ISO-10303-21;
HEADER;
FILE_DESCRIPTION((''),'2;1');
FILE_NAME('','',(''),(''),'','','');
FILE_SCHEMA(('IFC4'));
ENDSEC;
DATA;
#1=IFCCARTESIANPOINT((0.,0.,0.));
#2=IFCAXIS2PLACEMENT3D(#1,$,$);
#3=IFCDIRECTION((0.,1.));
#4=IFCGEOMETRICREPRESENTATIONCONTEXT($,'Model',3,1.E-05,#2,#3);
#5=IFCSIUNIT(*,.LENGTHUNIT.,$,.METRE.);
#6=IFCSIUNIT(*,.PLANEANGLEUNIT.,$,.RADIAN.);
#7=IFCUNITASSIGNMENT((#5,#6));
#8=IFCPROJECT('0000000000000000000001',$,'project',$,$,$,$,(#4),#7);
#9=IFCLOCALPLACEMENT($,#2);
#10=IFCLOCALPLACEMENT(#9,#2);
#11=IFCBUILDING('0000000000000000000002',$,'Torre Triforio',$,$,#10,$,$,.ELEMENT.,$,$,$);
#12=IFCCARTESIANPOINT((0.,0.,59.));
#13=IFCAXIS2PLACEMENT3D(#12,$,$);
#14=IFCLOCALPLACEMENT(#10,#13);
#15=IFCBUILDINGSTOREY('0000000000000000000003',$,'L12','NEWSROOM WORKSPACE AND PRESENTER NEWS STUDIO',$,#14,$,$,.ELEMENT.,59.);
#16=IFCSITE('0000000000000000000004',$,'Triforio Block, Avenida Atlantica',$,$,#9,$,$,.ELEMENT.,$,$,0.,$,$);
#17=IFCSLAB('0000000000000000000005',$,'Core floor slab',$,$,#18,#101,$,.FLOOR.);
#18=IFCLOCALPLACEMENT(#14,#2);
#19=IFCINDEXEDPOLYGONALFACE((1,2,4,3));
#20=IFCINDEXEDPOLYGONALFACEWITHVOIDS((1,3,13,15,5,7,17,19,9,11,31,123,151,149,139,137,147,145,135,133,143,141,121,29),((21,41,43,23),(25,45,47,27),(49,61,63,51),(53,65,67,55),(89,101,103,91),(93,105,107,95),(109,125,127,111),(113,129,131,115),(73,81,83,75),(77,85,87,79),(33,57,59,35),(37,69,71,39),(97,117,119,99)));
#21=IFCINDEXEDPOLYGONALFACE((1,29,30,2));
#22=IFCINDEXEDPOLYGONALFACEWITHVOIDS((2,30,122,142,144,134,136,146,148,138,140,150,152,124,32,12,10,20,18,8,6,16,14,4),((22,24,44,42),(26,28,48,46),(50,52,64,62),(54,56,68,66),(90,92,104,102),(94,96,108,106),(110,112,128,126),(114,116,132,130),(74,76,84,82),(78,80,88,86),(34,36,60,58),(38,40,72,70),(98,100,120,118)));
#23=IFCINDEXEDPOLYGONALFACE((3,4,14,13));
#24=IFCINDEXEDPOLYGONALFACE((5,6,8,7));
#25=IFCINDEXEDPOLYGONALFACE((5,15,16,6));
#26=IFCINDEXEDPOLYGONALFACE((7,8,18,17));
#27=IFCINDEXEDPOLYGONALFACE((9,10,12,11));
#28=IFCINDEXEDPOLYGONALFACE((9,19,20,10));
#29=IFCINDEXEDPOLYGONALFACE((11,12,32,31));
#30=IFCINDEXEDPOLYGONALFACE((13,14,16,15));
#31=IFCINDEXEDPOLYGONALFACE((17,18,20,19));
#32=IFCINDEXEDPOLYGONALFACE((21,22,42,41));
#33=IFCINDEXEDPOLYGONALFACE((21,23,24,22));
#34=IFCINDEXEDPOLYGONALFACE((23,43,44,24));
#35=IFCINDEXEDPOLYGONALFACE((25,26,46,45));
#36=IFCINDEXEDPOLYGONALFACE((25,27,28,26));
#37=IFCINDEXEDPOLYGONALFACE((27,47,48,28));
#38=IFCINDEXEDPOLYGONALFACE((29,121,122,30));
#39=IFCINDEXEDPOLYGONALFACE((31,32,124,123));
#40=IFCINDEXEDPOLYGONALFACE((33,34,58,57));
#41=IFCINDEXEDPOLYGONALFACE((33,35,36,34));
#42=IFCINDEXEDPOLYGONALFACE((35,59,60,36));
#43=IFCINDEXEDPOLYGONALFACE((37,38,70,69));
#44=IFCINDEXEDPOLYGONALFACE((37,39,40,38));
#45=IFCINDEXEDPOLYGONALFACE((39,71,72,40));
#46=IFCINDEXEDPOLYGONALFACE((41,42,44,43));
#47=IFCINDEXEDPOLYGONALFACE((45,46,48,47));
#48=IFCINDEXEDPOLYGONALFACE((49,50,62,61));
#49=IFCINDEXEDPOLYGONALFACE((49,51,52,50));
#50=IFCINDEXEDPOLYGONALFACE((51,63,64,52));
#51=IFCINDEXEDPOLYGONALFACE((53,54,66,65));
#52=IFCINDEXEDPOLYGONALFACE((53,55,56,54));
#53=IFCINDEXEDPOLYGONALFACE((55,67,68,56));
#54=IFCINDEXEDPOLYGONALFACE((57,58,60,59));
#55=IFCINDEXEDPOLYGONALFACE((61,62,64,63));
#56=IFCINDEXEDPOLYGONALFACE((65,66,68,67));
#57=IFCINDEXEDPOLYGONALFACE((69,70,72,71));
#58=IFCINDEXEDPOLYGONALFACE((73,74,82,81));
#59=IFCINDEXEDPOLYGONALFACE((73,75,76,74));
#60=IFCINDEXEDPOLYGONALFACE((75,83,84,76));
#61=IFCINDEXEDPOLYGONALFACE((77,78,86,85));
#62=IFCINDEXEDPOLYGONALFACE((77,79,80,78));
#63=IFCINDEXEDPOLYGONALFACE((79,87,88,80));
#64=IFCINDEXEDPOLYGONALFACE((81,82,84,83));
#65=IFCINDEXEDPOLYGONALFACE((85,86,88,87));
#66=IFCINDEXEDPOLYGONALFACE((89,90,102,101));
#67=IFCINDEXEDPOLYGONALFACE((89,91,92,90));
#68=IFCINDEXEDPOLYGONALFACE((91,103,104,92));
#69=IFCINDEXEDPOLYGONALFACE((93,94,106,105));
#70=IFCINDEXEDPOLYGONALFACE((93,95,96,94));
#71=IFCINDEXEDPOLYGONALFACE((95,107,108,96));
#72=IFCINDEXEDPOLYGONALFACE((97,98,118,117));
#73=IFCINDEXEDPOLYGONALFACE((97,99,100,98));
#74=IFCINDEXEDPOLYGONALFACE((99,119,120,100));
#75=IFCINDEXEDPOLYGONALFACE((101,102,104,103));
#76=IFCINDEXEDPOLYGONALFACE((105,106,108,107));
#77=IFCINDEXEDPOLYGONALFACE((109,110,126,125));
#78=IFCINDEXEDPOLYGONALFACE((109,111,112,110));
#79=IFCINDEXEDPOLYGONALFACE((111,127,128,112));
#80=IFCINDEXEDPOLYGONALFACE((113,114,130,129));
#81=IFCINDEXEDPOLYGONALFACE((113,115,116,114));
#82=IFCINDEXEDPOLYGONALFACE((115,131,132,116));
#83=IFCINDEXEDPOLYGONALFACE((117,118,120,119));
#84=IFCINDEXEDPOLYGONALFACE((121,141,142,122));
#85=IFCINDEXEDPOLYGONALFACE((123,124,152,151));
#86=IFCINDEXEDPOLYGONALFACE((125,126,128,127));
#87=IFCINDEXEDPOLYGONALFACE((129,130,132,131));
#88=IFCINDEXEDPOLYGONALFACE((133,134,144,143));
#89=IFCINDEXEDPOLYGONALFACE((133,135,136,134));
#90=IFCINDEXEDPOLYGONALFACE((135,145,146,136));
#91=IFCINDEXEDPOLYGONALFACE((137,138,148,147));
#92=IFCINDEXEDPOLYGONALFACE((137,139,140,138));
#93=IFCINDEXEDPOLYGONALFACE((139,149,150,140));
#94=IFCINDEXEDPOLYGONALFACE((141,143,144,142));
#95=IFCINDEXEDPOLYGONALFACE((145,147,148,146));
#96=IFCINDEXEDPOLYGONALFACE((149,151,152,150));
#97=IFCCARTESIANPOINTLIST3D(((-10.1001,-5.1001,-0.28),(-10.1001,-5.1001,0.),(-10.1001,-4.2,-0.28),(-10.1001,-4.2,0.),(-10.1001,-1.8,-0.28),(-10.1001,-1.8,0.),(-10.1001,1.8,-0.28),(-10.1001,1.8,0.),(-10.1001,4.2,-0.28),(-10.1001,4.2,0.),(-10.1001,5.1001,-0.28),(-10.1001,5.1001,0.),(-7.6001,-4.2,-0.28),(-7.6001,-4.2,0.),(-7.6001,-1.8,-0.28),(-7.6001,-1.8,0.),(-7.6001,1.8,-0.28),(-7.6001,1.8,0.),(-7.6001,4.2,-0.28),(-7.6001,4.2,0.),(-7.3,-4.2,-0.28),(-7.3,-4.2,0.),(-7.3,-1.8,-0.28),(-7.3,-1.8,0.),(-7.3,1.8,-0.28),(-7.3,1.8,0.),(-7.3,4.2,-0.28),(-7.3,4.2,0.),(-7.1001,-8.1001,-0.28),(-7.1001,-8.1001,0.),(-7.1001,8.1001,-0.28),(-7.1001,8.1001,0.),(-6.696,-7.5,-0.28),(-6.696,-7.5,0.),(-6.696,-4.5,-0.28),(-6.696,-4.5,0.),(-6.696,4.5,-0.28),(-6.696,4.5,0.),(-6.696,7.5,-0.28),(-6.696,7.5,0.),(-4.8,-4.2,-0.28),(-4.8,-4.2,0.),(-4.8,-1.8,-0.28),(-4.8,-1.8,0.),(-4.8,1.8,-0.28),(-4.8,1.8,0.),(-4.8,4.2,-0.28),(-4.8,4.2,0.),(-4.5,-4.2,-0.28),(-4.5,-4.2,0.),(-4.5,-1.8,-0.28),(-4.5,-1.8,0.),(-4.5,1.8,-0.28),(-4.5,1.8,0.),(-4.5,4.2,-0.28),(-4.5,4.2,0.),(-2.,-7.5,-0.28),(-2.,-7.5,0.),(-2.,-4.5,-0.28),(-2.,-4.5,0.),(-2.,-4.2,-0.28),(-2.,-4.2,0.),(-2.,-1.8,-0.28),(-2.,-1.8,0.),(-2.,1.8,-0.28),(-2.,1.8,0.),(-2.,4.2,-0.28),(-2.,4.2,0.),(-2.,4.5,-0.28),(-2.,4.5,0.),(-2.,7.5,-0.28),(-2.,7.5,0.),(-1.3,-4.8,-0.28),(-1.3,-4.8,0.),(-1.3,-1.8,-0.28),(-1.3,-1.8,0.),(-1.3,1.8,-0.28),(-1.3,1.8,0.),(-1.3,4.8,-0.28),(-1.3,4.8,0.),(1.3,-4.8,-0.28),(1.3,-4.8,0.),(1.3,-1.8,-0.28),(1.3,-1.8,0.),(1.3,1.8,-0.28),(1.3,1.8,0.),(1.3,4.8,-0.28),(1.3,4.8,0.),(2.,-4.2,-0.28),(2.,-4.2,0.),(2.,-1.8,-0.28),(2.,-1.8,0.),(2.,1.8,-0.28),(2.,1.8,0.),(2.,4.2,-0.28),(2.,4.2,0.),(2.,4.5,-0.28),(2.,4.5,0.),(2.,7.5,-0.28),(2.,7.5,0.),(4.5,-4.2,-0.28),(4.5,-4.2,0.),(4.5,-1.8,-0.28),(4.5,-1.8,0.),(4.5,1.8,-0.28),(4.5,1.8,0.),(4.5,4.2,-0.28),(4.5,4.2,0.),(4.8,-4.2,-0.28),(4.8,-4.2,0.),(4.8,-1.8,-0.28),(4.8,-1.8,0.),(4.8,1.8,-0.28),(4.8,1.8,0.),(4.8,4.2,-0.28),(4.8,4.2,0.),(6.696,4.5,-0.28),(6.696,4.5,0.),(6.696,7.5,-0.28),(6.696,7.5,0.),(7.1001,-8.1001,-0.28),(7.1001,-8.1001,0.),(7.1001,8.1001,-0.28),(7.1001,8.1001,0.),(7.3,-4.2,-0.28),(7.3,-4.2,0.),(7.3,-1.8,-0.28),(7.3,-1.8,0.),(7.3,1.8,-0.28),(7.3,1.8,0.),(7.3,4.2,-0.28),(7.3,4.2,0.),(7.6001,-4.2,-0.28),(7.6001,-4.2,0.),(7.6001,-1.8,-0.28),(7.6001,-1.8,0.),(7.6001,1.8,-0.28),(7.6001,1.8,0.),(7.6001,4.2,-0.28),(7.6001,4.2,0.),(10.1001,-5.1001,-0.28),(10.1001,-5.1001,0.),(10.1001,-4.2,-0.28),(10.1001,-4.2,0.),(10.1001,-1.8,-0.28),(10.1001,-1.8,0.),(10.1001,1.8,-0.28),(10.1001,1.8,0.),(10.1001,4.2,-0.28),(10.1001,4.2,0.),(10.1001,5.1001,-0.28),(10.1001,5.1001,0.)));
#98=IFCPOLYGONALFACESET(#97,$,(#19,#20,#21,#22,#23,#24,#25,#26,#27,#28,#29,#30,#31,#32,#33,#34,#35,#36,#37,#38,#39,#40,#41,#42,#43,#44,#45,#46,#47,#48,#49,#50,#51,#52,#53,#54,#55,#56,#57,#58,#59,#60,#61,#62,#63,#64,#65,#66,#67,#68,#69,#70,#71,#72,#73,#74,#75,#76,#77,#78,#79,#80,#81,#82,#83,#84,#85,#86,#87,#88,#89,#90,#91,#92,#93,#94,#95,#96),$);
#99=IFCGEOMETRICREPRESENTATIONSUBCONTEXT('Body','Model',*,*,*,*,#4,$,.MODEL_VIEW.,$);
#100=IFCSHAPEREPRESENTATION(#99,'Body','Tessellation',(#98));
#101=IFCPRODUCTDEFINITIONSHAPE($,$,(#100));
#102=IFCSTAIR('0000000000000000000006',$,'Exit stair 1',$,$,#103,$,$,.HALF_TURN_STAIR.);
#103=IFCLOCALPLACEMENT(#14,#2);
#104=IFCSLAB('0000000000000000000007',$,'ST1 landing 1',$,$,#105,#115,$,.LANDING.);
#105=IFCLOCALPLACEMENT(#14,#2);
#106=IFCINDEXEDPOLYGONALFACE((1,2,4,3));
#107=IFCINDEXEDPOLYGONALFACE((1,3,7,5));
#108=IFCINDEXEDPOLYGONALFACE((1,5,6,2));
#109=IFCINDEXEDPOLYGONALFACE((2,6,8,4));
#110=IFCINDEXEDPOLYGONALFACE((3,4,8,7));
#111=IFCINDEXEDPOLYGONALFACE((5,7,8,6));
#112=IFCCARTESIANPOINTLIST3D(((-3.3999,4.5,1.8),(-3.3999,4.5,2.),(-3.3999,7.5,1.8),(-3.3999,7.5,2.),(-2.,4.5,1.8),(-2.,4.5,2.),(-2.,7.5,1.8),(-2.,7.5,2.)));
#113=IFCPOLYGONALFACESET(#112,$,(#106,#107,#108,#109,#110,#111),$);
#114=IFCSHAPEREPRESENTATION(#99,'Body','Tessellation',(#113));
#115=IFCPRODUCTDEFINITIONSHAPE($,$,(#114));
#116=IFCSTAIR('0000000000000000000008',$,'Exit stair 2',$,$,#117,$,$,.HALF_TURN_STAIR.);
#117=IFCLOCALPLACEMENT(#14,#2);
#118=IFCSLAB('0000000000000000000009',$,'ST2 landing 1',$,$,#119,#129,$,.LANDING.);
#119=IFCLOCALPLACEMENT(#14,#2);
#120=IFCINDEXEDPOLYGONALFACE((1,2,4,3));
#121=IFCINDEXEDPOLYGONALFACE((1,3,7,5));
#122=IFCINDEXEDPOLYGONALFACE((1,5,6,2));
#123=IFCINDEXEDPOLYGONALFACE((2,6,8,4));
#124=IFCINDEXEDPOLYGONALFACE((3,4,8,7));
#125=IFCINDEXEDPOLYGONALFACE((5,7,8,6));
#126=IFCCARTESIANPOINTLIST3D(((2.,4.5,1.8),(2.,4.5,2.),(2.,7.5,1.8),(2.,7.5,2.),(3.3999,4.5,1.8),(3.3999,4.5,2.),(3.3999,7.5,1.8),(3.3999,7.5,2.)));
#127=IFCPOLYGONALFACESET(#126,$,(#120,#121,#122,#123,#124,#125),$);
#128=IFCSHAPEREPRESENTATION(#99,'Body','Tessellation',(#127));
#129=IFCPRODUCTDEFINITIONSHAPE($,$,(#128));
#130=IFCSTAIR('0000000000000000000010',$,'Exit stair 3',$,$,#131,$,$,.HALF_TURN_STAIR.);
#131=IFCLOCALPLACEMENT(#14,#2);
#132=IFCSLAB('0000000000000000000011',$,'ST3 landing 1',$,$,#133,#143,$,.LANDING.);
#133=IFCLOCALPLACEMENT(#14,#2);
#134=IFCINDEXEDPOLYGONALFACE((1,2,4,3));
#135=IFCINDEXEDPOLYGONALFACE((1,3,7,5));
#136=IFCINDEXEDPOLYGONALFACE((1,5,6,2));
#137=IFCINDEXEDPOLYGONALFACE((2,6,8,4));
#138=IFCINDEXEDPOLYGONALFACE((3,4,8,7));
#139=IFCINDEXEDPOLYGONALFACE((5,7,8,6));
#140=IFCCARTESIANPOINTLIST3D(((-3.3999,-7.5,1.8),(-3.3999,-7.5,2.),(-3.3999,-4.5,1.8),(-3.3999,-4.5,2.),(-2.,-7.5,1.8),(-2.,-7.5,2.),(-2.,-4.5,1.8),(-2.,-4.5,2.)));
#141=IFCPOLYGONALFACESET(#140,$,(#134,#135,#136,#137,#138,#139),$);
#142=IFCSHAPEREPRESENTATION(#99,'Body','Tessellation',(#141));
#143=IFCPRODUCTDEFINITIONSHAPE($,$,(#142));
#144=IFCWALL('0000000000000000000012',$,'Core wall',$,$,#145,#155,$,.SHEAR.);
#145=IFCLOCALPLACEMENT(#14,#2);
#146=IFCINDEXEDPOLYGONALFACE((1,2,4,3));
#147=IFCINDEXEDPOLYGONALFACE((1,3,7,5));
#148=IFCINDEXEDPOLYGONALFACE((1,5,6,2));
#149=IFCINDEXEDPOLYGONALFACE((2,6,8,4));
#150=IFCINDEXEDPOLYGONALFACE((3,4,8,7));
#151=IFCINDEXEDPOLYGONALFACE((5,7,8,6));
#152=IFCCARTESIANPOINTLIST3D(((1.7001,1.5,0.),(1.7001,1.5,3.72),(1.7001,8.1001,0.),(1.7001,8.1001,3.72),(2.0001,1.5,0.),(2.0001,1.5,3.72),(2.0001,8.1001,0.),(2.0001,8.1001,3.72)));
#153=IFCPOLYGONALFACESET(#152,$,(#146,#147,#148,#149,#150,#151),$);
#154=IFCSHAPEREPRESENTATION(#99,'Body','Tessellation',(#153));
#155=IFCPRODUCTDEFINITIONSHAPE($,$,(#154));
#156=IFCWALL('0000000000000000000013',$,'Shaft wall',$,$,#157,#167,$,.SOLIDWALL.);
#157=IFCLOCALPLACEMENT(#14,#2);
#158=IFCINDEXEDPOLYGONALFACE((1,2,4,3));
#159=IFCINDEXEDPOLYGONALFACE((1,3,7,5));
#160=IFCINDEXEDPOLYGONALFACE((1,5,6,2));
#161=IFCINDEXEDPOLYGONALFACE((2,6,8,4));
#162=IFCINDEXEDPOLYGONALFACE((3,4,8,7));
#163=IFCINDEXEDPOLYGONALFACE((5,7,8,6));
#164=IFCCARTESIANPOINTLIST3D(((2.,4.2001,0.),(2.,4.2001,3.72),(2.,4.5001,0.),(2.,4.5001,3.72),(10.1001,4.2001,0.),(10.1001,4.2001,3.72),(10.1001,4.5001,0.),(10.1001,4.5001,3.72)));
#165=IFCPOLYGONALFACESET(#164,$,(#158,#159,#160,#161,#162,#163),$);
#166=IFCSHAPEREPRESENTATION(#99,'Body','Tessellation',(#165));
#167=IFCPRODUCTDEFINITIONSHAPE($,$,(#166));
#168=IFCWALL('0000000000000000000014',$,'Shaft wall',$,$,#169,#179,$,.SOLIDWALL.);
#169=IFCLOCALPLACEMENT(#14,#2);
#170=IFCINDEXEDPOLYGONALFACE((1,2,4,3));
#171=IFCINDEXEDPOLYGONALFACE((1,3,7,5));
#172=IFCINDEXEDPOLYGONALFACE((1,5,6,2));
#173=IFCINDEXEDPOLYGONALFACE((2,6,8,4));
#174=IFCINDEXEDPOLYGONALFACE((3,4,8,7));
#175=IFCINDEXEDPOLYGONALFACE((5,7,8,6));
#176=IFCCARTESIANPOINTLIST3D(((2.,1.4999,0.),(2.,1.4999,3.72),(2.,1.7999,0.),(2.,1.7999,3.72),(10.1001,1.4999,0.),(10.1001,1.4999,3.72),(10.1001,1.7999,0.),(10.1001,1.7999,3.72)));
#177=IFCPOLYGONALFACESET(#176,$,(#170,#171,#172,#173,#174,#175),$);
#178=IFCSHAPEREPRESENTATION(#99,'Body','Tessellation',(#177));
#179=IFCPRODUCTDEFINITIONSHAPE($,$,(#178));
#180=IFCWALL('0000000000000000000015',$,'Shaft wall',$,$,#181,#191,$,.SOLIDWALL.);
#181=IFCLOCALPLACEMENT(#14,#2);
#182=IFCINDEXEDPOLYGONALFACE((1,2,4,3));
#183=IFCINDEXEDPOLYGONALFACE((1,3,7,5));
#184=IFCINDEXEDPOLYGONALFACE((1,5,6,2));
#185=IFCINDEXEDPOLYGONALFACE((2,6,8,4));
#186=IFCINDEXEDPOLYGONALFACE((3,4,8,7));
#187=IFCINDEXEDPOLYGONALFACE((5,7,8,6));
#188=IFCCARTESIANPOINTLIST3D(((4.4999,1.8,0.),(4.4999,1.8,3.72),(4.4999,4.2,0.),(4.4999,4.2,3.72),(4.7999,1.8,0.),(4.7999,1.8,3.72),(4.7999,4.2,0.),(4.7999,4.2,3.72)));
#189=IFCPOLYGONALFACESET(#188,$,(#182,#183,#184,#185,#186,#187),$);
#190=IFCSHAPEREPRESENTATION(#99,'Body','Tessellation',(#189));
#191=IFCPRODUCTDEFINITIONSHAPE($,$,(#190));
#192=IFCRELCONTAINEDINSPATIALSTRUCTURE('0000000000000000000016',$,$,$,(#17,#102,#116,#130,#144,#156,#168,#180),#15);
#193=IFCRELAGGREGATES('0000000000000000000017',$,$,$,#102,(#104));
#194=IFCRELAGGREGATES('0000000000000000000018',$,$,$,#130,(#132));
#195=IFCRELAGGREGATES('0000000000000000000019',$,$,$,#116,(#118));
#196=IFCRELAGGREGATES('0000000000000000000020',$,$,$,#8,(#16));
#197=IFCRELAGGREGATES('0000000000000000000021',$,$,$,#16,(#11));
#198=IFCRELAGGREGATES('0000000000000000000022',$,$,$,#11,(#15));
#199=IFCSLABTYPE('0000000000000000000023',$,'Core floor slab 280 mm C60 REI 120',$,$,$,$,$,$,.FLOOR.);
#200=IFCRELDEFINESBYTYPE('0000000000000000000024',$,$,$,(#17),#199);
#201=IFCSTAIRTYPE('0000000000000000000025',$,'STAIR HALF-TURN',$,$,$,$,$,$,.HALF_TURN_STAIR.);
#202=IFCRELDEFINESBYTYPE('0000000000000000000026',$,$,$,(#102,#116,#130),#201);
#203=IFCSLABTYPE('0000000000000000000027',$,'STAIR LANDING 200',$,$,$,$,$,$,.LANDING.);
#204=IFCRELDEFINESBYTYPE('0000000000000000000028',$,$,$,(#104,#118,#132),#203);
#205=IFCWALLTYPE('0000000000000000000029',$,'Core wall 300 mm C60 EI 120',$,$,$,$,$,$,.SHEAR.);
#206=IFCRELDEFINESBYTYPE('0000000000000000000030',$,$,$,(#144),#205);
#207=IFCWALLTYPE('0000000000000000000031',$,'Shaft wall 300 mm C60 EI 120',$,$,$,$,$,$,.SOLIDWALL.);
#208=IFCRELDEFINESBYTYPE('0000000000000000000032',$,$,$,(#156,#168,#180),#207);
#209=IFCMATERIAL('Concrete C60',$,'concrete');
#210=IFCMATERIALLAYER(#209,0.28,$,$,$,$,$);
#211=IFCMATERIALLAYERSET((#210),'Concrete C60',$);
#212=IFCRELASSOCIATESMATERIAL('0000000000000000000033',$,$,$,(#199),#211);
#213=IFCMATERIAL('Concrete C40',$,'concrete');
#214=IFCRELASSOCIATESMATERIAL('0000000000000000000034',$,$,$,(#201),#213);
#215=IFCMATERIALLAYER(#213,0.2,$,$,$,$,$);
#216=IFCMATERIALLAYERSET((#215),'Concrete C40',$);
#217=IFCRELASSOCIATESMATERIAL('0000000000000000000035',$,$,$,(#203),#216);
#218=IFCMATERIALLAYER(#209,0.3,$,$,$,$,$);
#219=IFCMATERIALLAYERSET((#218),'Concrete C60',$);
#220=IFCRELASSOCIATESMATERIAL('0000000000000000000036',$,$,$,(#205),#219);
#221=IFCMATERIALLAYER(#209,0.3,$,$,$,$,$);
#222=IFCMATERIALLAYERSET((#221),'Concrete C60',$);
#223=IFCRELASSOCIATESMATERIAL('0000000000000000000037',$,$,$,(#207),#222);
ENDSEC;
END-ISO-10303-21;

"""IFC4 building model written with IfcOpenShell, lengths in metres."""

from ifc_helpers import new_model, si_unit, direction, frame, frame_2d, origin, place, context, subcontext, project, spatial, polyline, rectangle, outline, extrude, material, layer, layer_set, type_object, element, aggregate, save


model = new_model("IFC4")

# Units and contexts
model_context = context("Model", 3, precision=1e-05, world=origin(), true_north=direction((0.0, 1.0)))
body_context = subcontext(model_context, "Body", "Model", "MODEL_VIEW")
ifc_project = project(units=[si_unit("LENGTHUNIT", "METRE"), si_unit("PLANEANGLEUNIT", "RADIAN")], contexts=[model_context])

# Site, building, storey
site_placement = place(None, origin())
site = spatial("IfcSite", under=ifc_project, at=site_placement, Name="Triforio Block, Avenida Atlantica", CompositionType="ELEMENT", RefElevation=0.0)
building_placement = place(site_placement, origin())
building = spatial("IfcBuilding", under=site, at=building_placement, Name="Torre Triforio", CompositionType="ELEMENT")
storey_placement = place(building_placement, frame((0.0, 0.0, 59.0)))
storey = spatial("IfcBuildingStorey", under=building, at=storey_placement, Name="L12", Description="NEWSROOM WORKSPACE AND PRESENTER NEWS STUDIO", CompositionType="ELEMENT", Elevation=59.0)

# Slab
ifc_material_1 = material(Name="Concrete C60", Category="concrete")
ifc_layer_1 = layer(ifc_material_1, 0.28)
ifc_layer_set_1 = layer_set([ifc_layer_1], Name="Concrete C60")
slab_type_1 = type_object("IfcSlabType", Name="Core floor slab 280 mm C60 REI 120", PredefinedType="FLOOR", material=ifc_layer_set_1)
slab_1_placement = place(storey_placement, frame((0.0, 0.0, -0.28)))
element("IfcSlab", 1, at=slab_1_placement, inside=storey, type_object=slab_type_1, Name="Core floor slab", PredefinedType="FLOOR", context=body_context, shape_type="SweptSolid", body=[
    extrude(outline(polyline([(10.1001, -5.1001), (7.1001, -8.1001), (-7.1001, -8.1001), (-10.1001, -5.1001), (-10.1001, -4.2), (-7.6001, -4.2), (-7.6001, -1.8), (-10.1001, -1.8), (-10.1001, 1.8), (-7.6001, 1.8), (-7.6001, 4.2), (-10.1001, 4.2), (-10.1001, 5.1001), (-7.1001, 8.1001), (7.1001, 8.1001), (10.1001, 5.1001), (10.1001, 4.2), (7.6001, 4.2), (7.6001, 1.8), (10.1001, 1.8), (10.1001, -1.8), (7.6001, -1.8), (7.6001, -4.2), (10.1001, -4.2), (10.1001, -5.1001)]), holes=[polyline([(-2.0, -4.5), (-6.696, -4.5), (-6.696, -7.5), (-2.0, -7.5), (-2.0, -4.5)]), polyline([(-4.8, -1.8), (-7.3, -1.8), (-7.3, -4.2), (-4.8, -4.2), (-4.8, -1.8)]), polyline([(-2.0, -1.8), (-4.5, -1.8), (-4.5, -4.2), (-2.0, -4.2), (-2.0, -1.8)]), polyline([(-4.8, 4.2), (-7.3, 4.2), (-7.3, 1.8), (-4.8, 1.8), (-4.8, 4.2)]), polyline([(-2.0, 4.2), (-4.5, 4.2), (-4.5, 1.8), (-2.0, 1.8), (-2.0, 4.2)]), polyline([(1.3, 4.8), (-1.3, 4.8), (-1.3, 1.8), (1.3, 1.8), (1.3, 4.8)]), polyline([(-2.0, 7.5), (-6.696, 7.5), (-6.696, 4.5), (-2.0, 4.5), (-2.0, 7.5)]), polyline([(1.3, -1.8), (-1.3, -1.8), (-1.3, -4.8), (1.3, -4.8), (1.3, -1.8)]), polyline([(4.5, -1.8), (2.0, -1.8), (2.0, -4.2), (4.5, -4.2), (4.5, -1.8)]), polyline([(7.3, -1.8), (4.8, -1.8), (4.8, -4.2), (7.3, -4.2), (7.3, -1.8)]), polyline([(4.5, 4.2), (2.0, 4.2), (2.0, 1.8), (4.5, 1.8), (4.5, 4.2)]), polyline([(7.3, 4.2), (4.8, 4.2), (4.8, 1.8), (7.3, 1.8), (7.3, 4.2)]), polyline([(6.696, 4.5), (6.696, 7.5), (2.0, 7.5), (2.0, 4.5), (6.696, 4.5)])]), origin(), (0.0, 0.0, 1.0), 0.28),
])

# Stairs, slabs
ifc_material_2 = material(Name="Concrete C40", Category="concrete")
stair_type = type_object("IfcStairType", Name="STAIR HALF-TURN", PredefinedType="HALF_TURN_STAIR", material=ifc_material_2)
stair_1_placement = place(storey_placement, origin())
stair_1 = element("IfcStair", 2, at=stair_1_placement, inside=storey, type_object=stair_type, Name="Exit stair 1", PredefinedType="HALF_TURN_STAIR")
ifc_layer_2 = layer(ifc_material_2, 0.2)
ifc_layer_set_2 = layer_set([ifc_layer_2], Name="Concrete C40")
slab_type_2 = type_object("IfcSlabType", Name="STAIR LANDING 200", PredefinedType="LANDING", material=ifc_layer_set_2)
slab_2_placement = place(storey_placement, frame((0.0, 0.0, 1.8)))
slab_2 = element("IfcSlab", 3, at=slab_2_placement, type_object=slab_type_2, Name="ST1 landing 1", PredefinedType="LANDING", context=body_context, shape_type="SweptSolid", body=[
    extrude(outline(polyline([(-2.0, 4.5), (-2.0, 7.5), (-3.3999, 7.5), (-3.3999, 4.5), (-2.0, 4.5)])), origin(), (0.0, 0.0, 1.0), 0.2),
])
aggregate(stair_1, [slab_2])
stair_2_placement = place(storey_placement, origin())
stair_2 = element("IfcStair", 4, at=stair_2_placement, inside=storey, type_object=stair_type, Name="Exit stair 2", PredefinedType="HALF_TURN_STAIR")
slab_3_placement = place(storey_placement, frame((0.0, 0.0, 1.8)))
slab_3 = element("IfcSlab", 5, at=slab_3_placement, type_object=slab_type_2, Name="ST2 landing 1", PredefinedType="LANDING", context=body_context, shape_type="SweptSolid", body=[
    extrude(outline(polyline([(3.3999, 4.5), (3.3999, 7.5), (2.0, 7.5), (2.0, 4.5), (3.3999, 4.5)])), origin(), (0.0, 0.0, 1.0), 0.2),
])
stair_3_placement = place(storey_placement, origin())
stair_3 = element("IfcStair", 6, at=stair_3_placement, inside=storey, type_object=stair_type, Name="Exit stair 3", PredefinedType="HALF_TURN_STAIR")
slab_4_placement = place(storey_placement, frame((0.0, 0.0, 1.8)))
slab_4 = element("IfcSlab", 7, at=slab_4_placement, type_object=slab_type_2, Name="ST3 landing 1", PredefinedType="LANDING", context=body_context, shape_type="SweptSolid", body=[
    extrude(outline(polyline([(-2.0, -7.5), (-2.0, -4.5), (-3.3999, -4.5), (-3.3999, -7.5), (-2.0, -7.5)])), origin(), (0.0, 0.0, 1.0), 0.2),
])
aggregate(stair_3, [slab_4])

# Walls
ifc_layer_3 = layer(ifc_material_1, 0.3)
ifc_layer_set_3 = layer_set([ifc_layer_3], Name="Concrete C60")
wall_type_1 = type_object("IfcWallType", Name="Core wall 300 mm C60 EI 120", PredefinedType="SHEAR", material=ifc_layer_set_3)
wall_1_placement = place(storey_placement, frame((1.8501, 1.5, 0.0), z_axis=(0.0, 0.0, 1.0), x_axis=(0.0, 1.0, 0.0)))
element("IfcWall", 8, at=wall_1_placement, inside=storey, type_object=wall_type_1, Name="Core wall", PredefinedType="SHEAR", context=body_context, shape_type="SweptSolid", body=[
    extrude(rectangle(XDim=6.6001, YDim=0.3, at=frame_2d((3.3, 0.0))), origin(), (0.0, 0.0, 1.0), 3.72),
])
ifc_layer_4 = layer(ifc_material_1, 0.3)
ifc_layer_set_4 = layer_set([ifc_layer_4], Name="Concrete C60")
wall_type_2 = type_object("IfcWallType", Name="Shaft wall 300 mm C60 EI 120", PredefinedType="SOLIDWALL", material=ifc_layer_set_4)
for number, where, z_axis, x_axis, name in (
    (9, (2.0, 4.3501, 0.0), (0.0, 0.0, 1.0), (1.0, 0.0, 0.0), "Shaft wall"),
    (10, (2.0, 1.6499, 0.0), (0.0, 0.0, 1.0), (1.0, 0.0, 0.0), "Shaft wall"),
):
    element("IfcWall", number, at=place(storey_placement, frame(where, z_axis=z_axis, x_axis=x_axis)), inside=storey, type_object=wall_type_2, Name=name, PredefinedType="SOLIDWALL", context=body_context, shape_type="SweptSolid", body=[
        extrude(rectangle(XDim=8.1001, YDim=0.3, at=frame_2d((4.05, 0.0))), origin(), (0.0, 0.0, 1.0), 3.72),
    ])
for number, where, z_axis, x_axis, name in (
    (11, (4.6499, 1.8, 0.0), (0.0, 0.0, 1.0), (0.0, 1.0, 0.0), "Shaft wall"),
):
    element("IfcWall", number, at=place(storey_placement, frame(where, z_axis=z_axis, x_axis=x_axis)), inside=storey, type_object=wall_type_2, Name=name, PredefinedType="SOLIDWALL", context=body_context, shape_type="SweptSolid", body=[
        extrude(rectangle(XDim=2.3999, YDim=0.3, at=frame_2d((1.2, 0.0))), origin(), (0.0, 0.0, 1.0), 3.72),
    ])

aggregate(stair_2, [slab_3])

save(model, "model.ifc")
